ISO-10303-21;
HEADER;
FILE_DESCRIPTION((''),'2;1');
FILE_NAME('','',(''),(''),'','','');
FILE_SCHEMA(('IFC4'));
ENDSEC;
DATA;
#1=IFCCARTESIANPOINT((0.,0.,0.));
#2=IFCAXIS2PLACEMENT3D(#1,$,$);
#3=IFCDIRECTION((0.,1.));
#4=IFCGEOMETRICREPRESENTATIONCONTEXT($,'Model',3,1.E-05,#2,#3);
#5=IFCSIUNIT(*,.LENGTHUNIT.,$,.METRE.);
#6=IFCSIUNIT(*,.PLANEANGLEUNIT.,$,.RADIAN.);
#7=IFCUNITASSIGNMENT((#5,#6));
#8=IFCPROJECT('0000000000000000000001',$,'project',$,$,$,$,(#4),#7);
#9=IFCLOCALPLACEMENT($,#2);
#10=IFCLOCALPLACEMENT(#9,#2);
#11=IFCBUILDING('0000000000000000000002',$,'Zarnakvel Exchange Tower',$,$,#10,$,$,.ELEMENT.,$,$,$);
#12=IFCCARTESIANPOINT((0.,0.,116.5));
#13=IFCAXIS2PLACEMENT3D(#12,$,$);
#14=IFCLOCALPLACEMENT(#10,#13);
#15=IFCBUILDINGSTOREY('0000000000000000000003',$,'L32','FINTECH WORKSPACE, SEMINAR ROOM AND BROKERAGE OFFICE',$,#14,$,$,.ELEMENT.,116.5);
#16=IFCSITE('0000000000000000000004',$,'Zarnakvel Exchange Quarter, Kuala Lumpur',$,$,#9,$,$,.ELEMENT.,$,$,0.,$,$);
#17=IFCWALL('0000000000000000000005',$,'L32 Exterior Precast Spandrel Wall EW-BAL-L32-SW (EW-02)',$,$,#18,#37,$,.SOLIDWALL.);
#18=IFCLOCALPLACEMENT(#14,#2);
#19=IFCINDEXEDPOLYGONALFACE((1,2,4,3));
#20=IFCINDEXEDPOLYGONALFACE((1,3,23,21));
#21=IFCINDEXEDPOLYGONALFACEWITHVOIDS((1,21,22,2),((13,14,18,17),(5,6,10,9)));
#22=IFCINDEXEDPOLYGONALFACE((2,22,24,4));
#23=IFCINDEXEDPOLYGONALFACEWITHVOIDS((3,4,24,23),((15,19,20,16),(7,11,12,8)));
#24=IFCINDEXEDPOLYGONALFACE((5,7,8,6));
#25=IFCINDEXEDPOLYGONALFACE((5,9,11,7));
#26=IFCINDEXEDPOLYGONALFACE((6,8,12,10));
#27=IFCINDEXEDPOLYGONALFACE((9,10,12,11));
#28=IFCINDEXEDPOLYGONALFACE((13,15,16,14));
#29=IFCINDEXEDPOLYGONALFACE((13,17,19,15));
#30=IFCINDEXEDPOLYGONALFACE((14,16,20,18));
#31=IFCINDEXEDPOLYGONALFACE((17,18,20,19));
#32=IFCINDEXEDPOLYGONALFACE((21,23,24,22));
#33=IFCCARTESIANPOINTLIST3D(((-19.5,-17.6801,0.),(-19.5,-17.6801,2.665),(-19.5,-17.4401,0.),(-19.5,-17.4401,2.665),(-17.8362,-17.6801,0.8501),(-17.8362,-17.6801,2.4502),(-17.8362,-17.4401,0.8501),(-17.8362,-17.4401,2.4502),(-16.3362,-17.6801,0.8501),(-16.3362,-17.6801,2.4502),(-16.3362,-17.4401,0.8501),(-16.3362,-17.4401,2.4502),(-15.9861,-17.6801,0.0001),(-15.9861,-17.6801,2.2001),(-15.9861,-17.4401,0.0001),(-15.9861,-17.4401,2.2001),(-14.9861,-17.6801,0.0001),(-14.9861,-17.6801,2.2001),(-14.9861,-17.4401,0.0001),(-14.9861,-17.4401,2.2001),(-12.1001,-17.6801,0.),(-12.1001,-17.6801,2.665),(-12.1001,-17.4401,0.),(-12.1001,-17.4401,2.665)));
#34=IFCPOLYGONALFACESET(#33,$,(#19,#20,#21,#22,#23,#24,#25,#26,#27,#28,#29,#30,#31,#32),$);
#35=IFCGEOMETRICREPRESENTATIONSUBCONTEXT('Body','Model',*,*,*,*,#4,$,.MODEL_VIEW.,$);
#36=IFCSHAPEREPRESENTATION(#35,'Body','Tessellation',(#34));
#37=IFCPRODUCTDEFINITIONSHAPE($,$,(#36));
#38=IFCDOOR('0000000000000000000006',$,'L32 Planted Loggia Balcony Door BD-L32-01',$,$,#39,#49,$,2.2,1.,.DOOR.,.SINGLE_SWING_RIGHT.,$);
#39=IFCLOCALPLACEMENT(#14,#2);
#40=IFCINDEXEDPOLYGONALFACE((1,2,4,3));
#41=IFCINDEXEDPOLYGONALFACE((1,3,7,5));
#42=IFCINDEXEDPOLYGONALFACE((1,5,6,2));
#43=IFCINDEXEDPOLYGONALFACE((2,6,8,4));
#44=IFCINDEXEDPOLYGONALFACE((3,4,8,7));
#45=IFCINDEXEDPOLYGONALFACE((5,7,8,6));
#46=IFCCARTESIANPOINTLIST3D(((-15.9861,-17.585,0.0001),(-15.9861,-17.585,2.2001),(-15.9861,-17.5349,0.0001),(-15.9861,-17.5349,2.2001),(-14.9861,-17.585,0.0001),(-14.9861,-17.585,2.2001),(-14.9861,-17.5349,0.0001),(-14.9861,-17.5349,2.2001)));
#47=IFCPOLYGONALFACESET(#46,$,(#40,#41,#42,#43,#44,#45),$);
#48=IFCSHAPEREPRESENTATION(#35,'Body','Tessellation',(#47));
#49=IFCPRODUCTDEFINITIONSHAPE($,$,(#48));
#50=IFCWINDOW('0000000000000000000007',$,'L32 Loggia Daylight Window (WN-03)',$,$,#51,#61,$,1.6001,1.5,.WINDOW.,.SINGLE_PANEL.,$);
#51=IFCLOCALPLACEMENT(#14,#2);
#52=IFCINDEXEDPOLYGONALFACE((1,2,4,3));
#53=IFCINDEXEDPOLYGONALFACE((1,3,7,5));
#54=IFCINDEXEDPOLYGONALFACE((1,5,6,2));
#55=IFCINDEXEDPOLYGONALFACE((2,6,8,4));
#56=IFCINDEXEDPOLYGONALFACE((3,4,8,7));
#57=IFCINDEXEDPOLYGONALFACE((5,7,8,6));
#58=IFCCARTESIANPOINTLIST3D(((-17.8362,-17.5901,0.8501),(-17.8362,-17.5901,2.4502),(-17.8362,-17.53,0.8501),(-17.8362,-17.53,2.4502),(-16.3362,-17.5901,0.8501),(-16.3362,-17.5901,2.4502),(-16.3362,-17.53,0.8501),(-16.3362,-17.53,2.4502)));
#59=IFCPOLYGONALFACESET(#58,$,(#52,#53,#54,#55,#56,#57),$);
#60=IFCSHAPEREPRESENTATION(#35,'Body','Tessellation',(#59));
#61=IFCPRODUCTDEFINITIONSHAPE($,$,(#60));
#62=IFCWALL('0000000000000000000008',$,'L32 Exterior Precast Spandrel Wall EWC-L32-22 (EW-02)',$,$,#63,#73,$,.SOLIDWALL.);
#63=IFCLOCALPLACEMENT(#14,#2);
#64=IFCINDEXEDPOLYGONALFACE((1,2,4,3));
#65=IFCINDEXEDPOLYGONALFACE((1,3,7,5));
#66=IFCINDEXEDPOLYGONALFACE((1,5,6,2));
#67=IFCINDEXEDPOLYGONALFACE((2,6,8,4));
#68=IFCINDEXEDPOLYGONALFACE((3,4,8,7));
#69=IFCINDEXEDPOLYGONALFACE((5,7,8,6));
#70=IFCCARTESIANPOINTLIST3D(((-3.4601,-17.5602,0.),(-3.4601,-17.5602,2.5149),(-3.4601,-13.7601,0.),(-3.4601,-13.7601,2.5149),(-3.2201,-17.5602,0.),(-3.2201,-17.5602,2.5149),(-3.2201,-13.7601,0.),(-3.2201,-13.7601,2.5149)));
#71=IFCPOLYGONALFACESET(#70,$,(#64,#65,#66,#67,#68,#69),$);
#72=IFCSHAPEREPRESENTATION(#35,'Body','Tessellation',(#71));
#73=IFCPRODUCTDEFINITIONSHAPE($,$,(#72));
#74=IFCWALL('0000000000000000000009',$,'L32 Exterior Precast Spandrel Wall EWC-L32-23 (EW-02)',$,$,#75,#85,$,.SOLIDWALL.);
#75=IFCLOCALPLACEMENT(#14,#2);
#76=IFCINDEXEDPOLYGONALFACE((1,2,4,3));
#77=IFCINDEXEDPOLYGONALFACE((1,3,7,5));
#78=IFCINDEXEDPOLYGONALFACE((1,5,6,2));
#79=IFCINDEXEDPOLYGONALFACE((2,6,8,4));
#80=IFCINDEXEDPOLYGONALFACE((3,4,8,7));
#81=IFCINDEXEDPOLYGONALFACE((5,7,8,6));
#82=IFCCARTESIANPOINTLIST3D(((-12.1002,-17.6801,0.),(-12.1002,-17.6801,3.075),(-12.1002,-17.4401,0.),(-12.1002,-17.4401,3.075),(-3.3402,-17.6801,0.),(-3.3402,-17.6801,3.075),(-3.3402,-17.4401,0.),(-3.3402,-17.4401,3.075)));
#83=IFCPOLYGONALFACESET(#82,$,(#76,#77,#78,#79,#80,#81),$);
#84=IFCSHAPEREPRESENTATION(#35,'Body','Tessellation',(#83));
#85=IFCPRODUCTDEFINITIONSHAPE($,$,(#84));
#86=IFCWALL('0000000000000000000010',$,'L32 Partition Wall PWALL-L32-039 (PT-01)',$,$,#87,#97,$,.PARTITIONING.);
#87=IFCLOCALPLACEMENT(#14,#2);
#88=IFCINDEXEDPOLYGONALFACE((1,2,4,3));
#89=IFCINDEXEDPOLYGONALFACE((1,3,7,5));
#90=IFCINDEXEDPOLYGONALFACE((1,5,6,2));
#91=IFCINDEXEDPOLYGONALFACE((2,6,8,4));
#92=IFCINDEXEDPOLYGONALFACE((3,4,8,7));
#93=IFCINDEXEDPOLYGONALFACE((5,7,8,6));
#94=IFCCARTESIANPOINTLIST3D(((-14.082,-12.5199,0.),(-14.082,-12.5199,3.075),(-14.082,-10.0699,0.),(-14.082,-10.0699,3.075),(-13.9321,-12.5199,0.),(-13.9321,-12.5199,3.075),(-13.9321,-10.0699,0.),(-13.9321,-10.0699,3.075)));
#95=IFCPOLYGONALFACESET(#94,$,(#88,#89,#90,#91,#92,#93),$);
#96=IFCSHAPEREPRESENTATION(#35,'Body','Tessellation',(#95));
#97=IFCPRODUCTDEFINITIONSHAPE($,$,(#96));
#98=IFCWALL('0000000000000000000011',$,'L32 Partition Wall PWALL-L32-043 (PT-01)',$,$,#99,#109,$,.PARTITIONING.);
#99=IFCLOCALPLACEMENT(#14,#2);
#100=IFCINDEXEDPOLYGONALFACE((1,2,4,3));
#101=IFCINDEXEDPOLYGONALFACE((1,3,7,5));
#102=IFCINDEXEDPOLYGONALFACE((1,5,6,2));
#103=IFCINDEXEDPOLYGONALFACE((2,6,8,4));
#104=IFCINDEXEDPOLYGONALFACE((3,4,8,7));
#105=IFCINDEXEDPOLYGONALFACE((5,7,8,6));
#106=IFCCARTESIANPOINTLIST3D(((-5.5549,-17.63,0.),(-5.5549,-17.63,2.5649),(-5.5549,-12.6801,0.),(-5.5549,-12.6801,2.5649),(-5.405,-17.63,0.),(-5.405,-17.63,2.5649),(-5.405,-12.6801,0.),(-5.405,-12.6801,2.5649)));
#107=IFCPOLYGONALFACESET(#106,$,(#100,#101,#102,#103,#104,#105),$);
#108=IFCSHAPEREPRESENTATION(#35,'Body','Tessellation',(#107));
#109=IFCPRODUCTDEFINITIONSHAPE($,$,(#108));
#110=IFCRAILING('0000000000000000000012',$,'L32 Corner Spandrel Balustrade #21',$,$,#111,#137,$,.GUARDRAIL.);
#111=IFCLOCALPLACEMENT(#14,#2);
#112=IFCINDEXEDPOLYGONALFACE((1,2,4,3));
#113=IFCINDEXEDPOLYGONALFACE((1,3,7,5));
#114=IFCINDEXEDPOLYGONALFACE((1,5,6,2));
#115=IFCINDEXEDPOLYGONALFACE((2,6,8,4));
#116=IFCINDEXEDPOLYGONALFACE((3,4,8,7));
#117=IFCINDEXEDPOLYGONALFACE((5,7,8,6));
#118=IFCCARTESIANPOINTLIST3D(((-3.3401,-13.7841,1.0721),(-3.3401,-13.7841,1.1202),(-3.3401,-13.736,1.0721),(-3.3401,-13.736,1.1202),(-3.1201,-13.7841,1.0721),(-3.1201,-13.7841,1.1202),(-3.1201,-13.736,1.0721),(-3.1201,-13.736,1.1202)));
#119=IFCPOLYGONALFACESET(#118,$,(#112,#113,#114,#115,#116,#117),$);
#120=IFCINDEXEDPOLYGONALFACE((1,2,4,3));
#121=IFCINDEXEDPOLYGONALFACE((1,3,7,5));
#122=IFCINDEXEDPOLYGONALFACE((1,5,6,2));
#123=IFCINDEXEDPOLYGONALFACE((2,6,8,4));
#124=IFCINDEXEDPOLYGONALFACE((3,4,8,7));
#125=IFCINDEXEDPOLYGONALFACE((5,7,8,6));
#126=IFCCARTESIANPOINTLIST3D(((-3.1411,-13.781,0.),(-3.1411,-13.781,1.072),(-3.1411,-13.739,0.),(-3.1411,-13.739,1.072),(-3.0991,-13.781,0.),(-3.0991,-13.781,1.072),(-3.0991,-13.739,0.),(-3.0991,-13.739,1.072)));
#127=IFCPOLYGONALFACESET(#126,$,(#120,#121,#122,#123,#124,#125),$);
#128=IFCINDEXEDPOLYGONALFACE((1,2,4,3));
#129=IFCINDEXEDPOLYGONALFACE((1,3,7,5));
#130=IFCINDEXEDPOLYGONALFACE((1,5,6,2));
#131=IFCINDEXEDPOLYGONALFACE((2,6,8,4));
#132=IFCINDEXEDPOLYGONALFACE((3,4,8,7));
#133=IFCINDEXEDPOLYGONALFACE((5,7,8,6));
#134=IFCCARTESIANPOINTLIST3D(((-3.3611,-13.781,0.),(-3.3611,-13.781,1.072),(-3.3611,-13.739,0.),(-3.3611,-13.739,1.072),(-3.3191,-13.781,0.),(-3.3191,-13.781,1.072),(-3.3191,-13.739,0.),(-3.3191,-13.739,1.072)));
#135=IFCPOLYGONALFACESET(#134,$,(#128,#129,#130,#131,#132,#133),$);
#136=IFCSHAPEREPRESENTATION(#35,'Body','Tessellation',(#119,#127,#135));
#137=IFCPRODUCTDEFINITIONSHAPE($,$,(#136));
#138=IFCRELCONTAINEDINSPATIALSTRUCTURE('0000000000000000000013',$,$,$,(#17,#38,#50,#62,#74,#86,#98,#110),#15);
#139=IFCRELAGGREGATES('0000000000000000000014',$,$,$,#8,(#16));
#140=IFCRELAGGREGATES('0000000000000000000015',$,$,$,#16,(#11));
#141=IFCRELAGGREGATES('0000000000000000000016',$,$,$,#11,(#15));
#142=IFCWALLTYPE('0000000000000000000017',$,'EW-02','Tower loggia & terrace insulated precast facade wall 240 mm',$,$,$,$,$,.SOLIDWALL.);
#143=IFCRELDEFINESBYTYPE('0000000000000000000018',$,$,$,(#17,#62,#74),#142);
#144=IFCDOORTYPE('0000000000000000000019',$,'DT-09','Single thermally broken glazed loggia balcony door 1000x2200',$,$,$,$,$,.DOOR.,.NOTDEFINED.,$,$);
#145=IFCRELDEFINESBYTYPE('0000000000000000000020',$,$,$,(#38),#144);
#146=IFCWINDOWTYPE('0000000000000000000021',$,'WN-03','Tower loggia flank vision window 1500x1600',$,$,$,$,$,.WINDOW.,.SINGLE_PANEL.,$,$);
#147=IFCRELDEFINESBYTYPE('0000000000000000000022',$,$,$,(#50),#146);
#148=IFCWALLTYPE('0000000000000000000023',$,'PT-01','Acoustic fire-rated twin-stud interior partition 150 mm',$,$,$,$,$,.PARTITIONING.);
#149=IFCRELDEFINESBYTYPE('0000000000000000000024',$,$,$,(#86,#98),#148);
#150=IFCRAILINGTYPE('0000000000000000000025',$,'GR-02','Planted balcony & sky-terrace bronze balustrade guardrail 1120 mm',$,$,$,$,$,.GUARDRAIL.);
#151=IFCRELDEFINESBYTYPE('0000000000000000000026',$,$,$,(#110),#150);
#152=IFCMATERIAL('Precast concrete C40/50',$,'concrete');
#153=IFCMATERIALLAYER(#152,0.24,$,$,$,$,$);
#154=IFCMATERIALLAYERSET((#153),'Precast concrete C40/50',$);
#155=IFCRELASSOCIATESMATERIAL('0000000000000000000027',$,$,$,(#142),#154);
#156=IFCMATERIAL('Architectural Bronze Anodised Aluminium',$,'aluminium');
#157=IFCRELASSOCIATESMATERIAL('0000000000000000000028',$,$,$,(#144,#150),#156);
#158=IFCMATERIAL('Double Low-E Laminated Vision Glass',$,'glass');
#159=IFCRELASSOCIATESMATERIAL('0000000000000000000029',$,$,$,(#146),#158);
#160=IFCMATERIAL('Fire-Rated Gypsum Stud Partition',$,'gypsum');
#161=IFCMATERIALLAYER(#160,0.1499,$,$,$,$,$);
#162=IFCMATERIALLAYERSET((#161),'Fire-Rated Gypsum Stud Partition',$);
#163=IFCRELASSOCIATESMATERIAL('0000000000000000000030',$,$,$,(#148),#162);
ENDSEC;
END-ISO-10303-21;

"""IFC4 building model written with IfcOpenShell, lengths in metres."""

from ifc_helpers import new_model, si_unit, direction, frame, frame_2d, origin, origin_2d, place, context, subcontext, project, spatial, rectangle, extrude, source, transform, mapped, material, layer, layer_set, type_object, element, fill, save


model = new_model("IFC4")

# Units and contexts
model_context = context("Model", 3, precision=1e-05, world=origin(), true_north=direction((0.0, 1.0)))
body_context = subcontext(model_context, "Body", "Model", "MODEL_VIEW")
ifc_project = project(units=[si_unit("LENGTHUNIT", "METRE"), si_unit("PLANEANGLEUNIT", "RADIAN")], contexts=[model_context])

# Site, building, storey
site_placement = place(None, origin())
site = spatial("IfcSite", under=ifc_project, at=site_placement, Name="Zarnakvel Exchange Quarter, Kuala Lumpur", CompositionType="ELEMENT", RefElevation=0.0)
building_placement = place(site_placement, origin())
building = spatial("IfcBuilding", under=site, at=building_placement, Name="Zarnakvel Exchange Tower", CompositionType="ELEMENT")
storey_placement = place(building_placement, frame((0.0, 0.0, 116.5)))
storey = spatial("IfcBuildingStorey", under=building, at=storey_placement, Name="L32", Description="FINTECH WORKSPACE, SEMINAR ROOM AND BROKERAGE OFFICE", CompositionType="ELEMENT", Elevation=116.5)

# Shared definitions
ifc_material_1 = material(Name="Architectural Bronze Anodised Aluminium", Category="aluminium")

# Shared definitions
ifc_material_2 = material(Name="Double Low-E Laminated Vision Glass", Category="glass")

# Wall, openings, door, window
ifc_material_3 = material(Name="Precast concrete C40/50", Category="concrete")
ifc_layer_1 = layer(ifc_material_3, 0.24)
ifc_layer_set_1 = layer_set([ifc_layer_1], Name="Precast concrete C40/50")
wall_type_1 = type_object("IfcWallType", Name="EW-02", Description="Tower loggia & terrace insulated precast facade wall 240 mm", PredefinedType="SOLIDWALL", material=ifc_layer_set_1)
wall_1_placement = place(storey_placement, frame((-12.1001, -17.5601, 0.0), z_axis=(0.0, 0.0, 1.0), x_axis=(-1.0, 0.0, 0.0)))
wall_1 = element("IfcWall", 1, at=wall_1_placement, inside=storey, type_object=wall_type_1, Name="L32 Exterior Precast Spandrel Wall EW-BAL-L32-SW (EW-02)", PredefinedType="SOLIDWALL", context=body_context, shape_type="SweptSolid", body=[
    extrude(rectangle(XDim=7.3999, YDim=0.24, at=frame_2d((3.7, 0.0))), origin(), (0.0, 0.0, 1.0), 2.665),
])
opening_1_placement = place(wall_1_placement, frame((2.886, 0.0, 0.0)))
opening_1 = element("IfcOpeningElement", 2, at=opening_1_placement, cuts=wall_1, PredefinedType="OPENING", context=body_context, shape_type="SweptSolid", body=[
    extrude(rectangle(XDim=1.0, YDim=2.2, at=frame_2d((0.5, 1.1001))), frame((0.0, 0.1299, 0.0), z_axis=(0.0, -1.0, 0.0), x_axis=(1.0, 0.0, 0.0)), (0.0, 0.0, 1.0), 0.26),
])
opening_2_placement = place(wall_1_placement, frame((4.2361, 0.0, 0.8501)))
opening_2 = element("IfcOpeningElement", 3, at=opening_2_placement, cuts=wall_1, PredefinedType="OPENING", context=body_context, shape_type="SweptSolid", body=[
    extrude(rectangle(XDim=1.5, YDim=1.6001, at=frame_2d((0.75, 0.8))), frame((0.0, 0.1299, 0.0), z_axis=(0.0, -1.0, 0.0), x_axis=(1.0, 0.0, 0.0)), (0.0, 0.0, 1.0), 0.26),
])
door_type_1 = type_object("IfcDoorType", Name="DT-09", Description="Single thermally broken glazed loggia balcony door 1000x2200", OperationType="NOTDEFINED", PredefinedType="DOOR", material=ifc_material_1)
shared_shape_1 = source(origin(), body_context, "Body", "SweptSolid", [
    extrude(rectangle(XDim=1.0, YDim=2.2, at=frame_2d((0.5, 1.1001))), frame((0.0, 0.0249, 0.0), z_axis=(0.0, -1.0, 0.0), x_axis=(1.0, 0.0, 0.0)), (0.0, 0.0, 1.0), 0.05),
])
door_1_placement = place(opening_1_placement, origin())
door_1 = element("IfcDoor", 4, at=door_1_placement, inside=storey, type_object=door_type_1, Name="L32 Planted Loggia Balcony Door BD-L32-01", OperationType="SINGLE_SWING_RIGHT", OverallHeight=2.2, OverallWidth=1.0, PredefinedType="DOOR", context=body_context, shape_type="MappedRepresentation", body=[
    mapped(shared_shape_1, transform((0.0, 0.0, 0.0), x_axis=(1.0, 0.0, 0.0), y_axis=(0.0, 1.0, 0.0), z_axis=(0.0, 0.0, 1.0), scale=1.0)),
])
fill(opening_1, door_1)
window_type = type_object("IfcWindowType", Name="WN-03", Description="Tower loggia flank vision window 1500x1600", PartitioningType="SINGLE_PANEL", PredefinedType="WINDOW", material=ifc_material_2)
shared_shape_2 = source(origin(), body_context, "Body", "SweptSolid", [
    extrude(rectangle(XDim=1.5, YDim=1.6001, at=frame_2d((0.75, 0.8))), frame((0.0, 0.03, 0.0), z_axis=(0.0, -1.0, 0.0), x_axis=(1.0, 0.0, 0.0)), (0.0, 0.0, 1.0), 0.0601),
])
window_placement = place(opening_2_placement, origin())
window = element("IfcWindow", 5, at=window_placement, inside=storey, type_object=window_type, Name="L32 Loggia Daylight Window (WN-03)", OverallHeight=1.6001, OverallWidth=1.5, PartitioningType="SINGLE_PANEL", PredefinedType="WINDOW", context=body_context, shape_type="MappedRepresentation", body=[
    mapped(shared_shape_2, transform((0.0, 0.0, 0.0), x_axis=(1.0, 0.0, 0.0), y_axis=(0.0, 1.0, 0.0), z_axis=(0.0, 0.0, 1.0), scale=1.0)),
])
fill(opening_2, window)

# Walls
wall_2_placement = place(storey_placement, frame((-3.3401, -17.5601, 0.0), z_axis=(0.0, 0.0, 1.0), x_axis=(0.0, 1.0, 0.0)))
element("IfcWall", 6, at=wall_2_placement, inside=storey, type_object=wall_type_1, Name="L32 Exterior Precast Spandrel Wall EWC-L32-22 (EW-02)", PredefinedType="SOLIDWALL", context=body_context, shape_type="SweptSolid", body=[
    extrude(rectangle(XDim=3.8, YDim=0.24, at=frame_2d((1.8999, 0.0))), origin(), (0.0, 0.0, 1.0), 2.5149),
])
wall_3_placement = place(storey_placement, frame((-12.1001, -17.5601, 0.0), z_axis=(0.0, 0.0, 1.0), x_axis=(1.0, 0.0, 0.0)))
element("IfcWall", 7, at=wall_3_placement, inside=storey, type_object=wall_type_1, Name="L32 Exterior Precast Spandrel Wall EWC-L32-23 (EW-02)", PredefinedType="SOLIDWALL", context=body_context, shape_type="SweptSolid", body=[
    extrude(rectangle(XDim=8.76, YDim=0.24, at=frame_2d((4.3799, 0.0))), origin(), (0.0, 0.0, 1.0), 3.075),
])

# Shared definitions
ifc_material_4 = material(Name="Fire-Rated Gypsum Stud Partition", Category="gypsum")
ifc_layer_2 = layer(ifc_material_4, 0.1499)
ifc_layer_set_2 = layer_set([ifc_layer_2], Name="Fire-Rated Gypsum Stud Partition")
wall_type_2 = type_object("IfcWallType", Name="PT-01", Description="Acoustic fire-rated twin-stud interior partition 150 mm", PredefinedType="PARTITIONING", material=ifc_layer_set_2)

# Walls
wall_4_placement = place(storey_placement, frame((-14.0071, -12.52, 0.0), z_axis=(0.0, 0.0, 1.0), x_axis=(0.0, 1.0, 0.0)))
element("IfcWall", 8, at=wall_4_placement, inside=storey, type_object=wall_type_2, Name="L32 Partition Wall PWALL-L32-039 (PT-01)", PredefinedType="PARTITIONING", context=body_context, shape_type="SweptSolid", body=[
    extrude(rectangle(XDim=2.45, YDim=0.1499, at=frame_2d((1.2251, 0.0))), origin(), (0.0, 0.0, 1.0), 3.075),
])
wall_5_placement = place(storey_placement, frame((-5.48, -12.6799, 0.0), z_axis=(0.0, 0.0, 1.0), x_axis=(0.0, -1.0, 0.0)))
element("IfcWall", 9, at=wall_5_placement, inside=storey, type_object=wall_type_2, Name="L32 Partition Wall PWALL-L32-043 (PT-01)", PredefinedType="PARTITIONING", context=body_context, shape_type="SweptSolid", body=[
    extrude(rectangle(XDim=4.95, YDim=0.1499, at=frame_2d((2.4751, 0.0))), origin(), (0.0, 0.0, 1.0), 2.5649),
])

# Railing
railing_type = type_object("IfcRailingType", Name="GR-02", Description="Planted balcony & sky-terrace bronze balustrade guardrail 1120 mm", PredefinedType="GUARDRAIL", material=ifc_material_1)
railing_placement = place(storey_placement, frame((-3.1201, -13.76, 0.0)))
element("IfcRailing", 10, at=railing_placement, inside=storey, type_object=railing_type, Name="L32 Corner Spandrel Balustrade #21", PredefinedType="GUARDRAIL", context=body_context, shape_type="SweptSolid", body=[
    extrude(rectangle(XDim=0.0481, YDim=0.0481, at=origin_2d()), frame((0.0, 0.0, 1.0962), z_axis=(-1.0, 0.0, 0.0), x_axis=(0.0, -1.0, 0.0)), (0.0, 0.0, 1.0), 0.22),
    extrude(rectangle(XDim=0.042, YDim=0.042, at=origin_2d()), origin(), (0.0, 0.0, 1.0), 1.072),
    extrude(rectangle(XDim=0.042, YDim=0.042, at=origin_2d()), frame((-0.22, 0.0, 0.0)), (0.0, 0.0, 1.0), 1.072),
])

save(model, "model.ifc")
